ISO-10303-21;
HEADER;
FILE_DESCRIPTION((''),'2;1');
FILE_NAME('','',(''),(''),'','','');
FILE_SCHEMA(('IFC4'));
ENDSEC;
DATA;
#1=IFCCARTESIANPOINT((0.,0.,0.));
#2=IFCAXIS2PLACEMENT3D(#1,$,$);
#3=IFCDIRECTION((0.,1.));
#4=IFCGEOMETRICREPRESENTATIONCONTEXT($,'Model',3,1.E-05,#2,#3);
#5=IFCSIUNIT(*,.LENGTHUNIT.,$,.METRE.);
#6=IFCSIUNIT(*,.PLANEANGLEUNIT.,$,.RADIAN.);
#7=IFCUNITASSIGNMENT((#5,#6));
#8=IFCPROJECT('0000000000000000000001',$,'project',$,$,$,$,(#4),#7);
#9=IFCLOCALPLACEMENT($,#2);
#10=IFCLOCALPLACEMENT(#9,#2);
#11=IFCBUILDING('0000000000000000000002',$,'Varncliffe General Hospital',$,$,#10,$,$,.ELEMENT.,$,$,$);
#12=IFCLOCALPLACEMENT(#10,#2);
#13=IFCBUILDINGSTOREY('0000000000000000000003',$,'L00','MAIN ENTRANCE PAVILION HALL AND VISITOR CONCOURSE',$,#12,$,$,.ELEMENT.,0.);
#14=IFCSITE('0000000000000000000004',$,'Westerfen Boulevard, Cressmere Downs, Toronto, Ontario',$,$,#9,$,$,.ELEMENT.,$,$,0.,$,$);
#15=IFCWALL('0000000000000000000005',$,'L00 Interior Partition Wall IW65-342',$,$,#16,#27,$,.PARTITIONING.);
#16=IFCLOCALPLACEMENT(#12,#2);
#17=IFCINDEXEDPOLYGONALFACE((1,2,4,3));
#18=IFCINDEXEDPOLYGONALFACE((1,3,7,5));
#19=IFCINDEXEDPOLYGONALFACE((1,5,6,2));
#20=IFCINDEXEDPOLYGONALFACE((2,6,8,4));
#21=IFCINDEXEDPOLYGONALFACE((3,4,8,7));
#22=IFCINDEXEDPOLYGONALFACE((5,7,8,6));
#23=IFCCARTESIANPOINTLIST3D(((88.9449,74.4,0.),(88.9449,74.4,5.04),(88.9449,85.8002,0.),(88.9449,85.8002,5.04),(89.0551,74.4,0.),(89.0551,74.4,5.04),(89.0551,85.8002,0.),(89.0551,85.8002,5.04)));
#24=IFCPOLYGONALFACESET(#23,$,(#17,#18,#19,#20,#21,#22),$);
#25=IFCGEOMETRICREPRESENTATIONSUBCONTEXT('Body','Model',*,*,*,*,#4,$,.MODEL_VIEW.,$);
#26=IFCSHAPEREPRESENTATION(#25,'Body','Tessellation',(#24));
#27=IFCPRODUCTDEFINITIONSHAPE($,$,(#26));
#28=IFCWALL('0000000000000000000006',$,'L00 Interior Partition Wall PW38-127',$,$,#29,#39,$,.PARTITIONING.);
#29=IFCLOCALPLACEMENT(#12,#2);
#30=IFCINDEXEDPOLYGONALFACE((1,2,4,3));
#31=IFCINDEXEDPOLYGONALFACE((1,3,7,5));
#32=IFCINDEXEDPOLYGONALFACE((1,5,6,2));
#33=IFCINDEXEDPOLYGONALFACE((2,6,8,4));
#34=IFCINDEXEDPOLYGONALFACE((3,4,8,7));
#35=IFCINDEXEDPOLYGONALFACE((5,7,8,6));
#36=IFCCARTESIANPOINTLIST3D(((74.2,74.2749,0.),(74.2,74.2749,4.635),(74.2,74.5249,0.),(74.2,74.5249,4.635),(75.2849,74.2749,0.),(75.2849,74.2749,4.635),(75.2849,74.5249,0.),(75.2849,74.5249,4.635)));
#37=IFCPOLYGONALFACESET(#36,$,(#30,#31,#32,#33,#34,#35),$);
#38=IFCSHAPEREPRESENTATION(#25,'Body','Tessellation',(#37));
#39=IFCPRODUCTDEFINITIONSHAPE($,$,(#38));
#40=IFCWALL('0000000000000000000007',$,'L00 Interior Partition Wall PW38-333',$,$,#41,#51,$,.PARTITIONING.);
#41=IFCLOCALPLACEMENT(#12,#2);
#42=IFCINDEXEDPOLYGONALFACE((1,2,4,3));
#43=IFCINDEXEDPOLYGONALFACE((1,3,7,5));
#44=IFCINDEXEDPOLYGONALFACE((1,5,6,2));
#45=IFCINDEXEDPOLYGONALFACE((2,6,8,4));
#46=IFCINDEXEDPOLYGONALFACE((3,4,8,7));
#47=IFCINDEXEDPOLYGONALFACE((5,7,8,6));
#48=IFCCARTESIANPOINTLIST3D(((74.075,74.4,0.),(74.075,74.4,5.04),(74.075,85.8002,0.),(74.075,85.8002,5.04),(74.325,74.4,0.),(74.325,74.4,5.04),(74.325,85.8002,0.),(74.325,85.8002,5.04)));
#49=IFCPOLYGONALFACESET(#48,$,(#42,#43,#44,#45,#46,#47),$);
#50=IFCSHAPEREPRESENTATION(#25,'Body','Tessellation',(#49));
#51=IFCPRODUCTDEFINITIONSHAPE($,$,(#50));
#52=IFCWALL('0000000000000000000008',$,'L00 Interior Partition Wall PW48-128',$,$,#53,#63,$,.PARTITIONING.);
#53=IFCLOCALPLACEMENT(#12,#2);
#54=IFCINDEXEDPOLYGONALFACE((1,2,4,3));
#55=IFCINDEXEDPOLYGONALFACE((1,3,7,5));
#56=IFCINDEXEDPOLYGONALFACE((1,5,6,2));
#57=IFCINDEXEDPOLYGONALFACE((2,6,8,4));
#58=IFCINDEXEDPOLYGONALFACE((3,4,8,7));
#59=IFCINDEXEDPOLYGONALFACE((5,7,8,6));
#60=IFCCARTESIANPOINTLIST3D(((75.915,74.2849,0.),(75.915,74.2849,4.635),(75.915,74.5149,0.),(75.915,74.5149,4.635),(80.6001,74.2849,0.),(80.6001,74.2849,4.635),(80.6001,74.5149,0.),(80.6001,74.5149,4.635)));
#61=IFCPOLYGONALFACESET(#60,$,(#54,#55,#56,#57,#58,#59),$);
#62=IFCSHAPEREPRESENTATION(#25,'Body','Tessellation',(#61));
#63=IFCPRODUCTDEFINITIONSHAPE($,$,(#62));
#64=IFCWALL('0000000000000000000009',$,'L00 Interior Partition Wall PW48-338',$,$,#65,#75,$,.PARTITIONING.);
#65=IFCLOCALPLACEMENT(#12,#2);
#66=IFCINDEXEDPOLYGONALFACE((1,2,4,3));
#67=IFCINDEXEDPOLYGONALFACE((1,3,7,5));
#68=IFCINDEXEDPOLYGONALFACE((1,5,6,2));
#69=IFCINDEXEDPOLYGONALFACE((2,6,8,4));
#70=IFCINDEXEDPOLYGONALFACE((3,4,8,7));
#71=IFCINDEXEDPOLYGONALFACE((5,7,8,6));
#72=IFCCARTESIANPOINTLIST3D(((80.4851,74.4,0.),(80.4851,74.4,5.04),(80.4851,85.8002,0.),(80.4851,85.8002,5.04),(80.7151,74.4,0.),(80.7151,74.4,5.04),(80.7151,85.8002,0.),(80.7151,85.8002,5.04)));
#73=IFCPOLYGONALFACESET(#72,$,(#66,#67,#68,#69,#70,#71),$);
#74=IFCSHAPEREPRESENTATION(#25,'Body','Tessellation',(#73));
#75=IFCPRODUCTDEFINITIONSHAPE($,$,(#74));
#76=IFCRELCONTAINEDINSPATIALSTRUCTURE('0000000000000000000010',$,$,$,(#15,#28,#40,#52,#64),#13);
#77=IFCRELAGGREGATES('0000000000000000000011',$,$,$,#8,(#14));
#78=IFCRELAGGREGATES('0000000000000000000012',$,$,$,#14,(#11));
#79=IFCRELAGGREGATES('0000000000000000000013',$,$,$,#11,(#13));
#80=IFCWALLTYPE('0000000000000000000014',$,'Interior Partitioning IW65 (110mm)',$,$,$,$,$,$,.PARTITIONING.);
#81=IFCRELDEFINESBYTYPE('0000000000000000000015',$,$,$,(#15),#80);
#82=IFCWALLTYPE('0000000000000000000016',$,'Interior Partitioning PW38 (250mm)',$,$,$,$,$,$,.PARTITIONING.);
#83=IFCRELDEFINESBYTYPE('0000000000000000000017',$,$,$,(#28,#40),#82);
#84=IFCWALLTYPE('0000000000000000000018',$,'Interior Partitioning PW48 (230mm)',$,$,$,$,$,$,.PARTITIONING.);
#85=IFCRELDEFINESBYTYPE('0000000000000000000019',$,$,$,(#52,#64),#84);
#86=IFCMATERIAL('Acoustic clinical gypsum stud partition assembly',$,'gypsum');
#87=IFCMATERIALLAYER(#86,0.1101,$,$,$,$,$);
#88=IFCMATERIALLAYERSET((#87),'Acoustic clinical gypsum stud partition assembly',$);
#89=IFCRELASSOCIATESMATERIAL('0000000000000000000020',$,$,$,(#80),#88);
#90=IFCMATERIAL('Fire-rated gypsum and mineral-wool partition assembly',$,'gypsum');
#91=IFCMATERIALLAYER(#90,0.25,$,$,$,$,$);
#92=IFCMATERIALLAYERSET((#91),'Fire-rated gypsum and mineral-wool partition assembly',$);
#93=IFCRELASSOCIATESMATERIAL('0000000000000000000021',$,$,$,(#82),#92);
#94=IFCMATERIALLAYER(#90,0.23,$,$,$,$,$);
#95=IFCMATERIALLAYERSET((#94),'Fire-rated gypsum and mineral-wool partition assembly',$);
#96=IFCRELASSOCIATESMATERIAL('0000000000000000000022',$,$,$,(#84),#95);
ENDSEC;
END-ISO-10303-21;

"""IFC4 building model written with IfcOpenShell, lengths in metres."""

from ifc_helpers import new_model, si_unit, direction, frame, frame_2d, origin, place, context, subcontext, project, spatial, rectangle, extrude, material, layer, layer_set, type_object, element, save


model = new_model("IFC4")

# Units and contexts
model_context = context("Model", 3, precision=1e-05, world=origin(), true_north=direction((0.0, 1.0)))
body_context = subcontext(model_context, "Body", "Model", "MODEL_VIEW")
ifc_project = project(units=[si_unit("LENGTHUNIT", "METRE"), si_unit("PLANEANGLEUNIT", "RADIAN")], contexts=[model_context])

# Site, building, storey
site_placement = place(None, origin())
site = spatial("IfcSite", under=ifc_project, at=site_placement, Name="Westerfen Boulevard, Cressmere Downs, Toronto, Ontario", CompositionType="ELEMENT", RefElevation=0.0)
building_placement = place(site_placement, origin())
building = spatial("IfcBuilding", under=site, at=building_placement, Name="Varncliffe General Hospital", CompositionType="ELEMENT")
storey_placement = place(building_placement, origin())
storey = spatial("IfcBuildingStorey", under=building, at=storey_placement, Name="L00", Description="MAIN ENTRANCE PAVILION HALL AND VISITOR CONCOURSE", CompositionType="ELEMENT", Elevation=0.0)

# Walls
ifc_material_1 = material(Name="Acoustic clinical gypsum stud partition assembly", Category="gypsum")
ifc_layer_1 = layer(ifc_material_1, 0.1101)
ifc_layer_set_1 = layer_set([ifc_layer_1], Name="Acoustic clinical gypsum stud partition assembly")
wall_type_1 = type_object("IfcWallType", Name="Interior Partitioning IW65 (110mm)", PredefinedType="PARTITIONING", material=ifc_layer_set_1)
wall_1_placement = place(storey_placement, frame((89.0, 74.3999, 0.0), z_axis=(0.0, 0.0, 1.0), x_axis=(0.0, 1.0, 0.0)))
element("IfcWall", 1, at=wall_1_placement, inside=storey, type_object=wall_type_1, Name="L00 Interior Partition Wall IW65-342", PredefinedType="PARTITIONING", context=body_context, shape_type="SweptSolid", body=[
    extrude(rectangle(XDim=11.4001, YDim=0.1101, at=frame_2d((5.7002, 0.0))), origin(), (0.0, 0.0, 1.0), 5.04),
])
ifc_material_2 = material(Name="Fire-rated gypsum and mineral-wool partition assembly", Category="gypsum")
ifc_layer_2 = layer(ifc_material_2, 0.25)
ifc_layer_set_2 = layer_set([ifc_layer_2], Name="Fire-rated gypsum and mineral-wool partition assembly")
wall_type_2 = type_object("IfcWallType", Name="Interior Partitioning PW38 (250mm)", PredefinedType="PARTITIONING", material=ifc_layer_set_2)
wall_2_placement = place(storey_placement, frame((74.2, 74.3999, 0.0), z_axis=(0.0, 0.0, 1.0), x_axis=(1.0, 0.0, 0.0)))
element("IfcWall", 2, at=wall_2_placement, inside=storey, type_object=wall_type_2, Name="L00 Interior Partition Wall PW38-127", PredefinedType="PARTITIONING", context=body_context, shape_type="SweptSolid", body=[
    extrude(rectangle(XDim=1.085, YDim=0.25, at=frame_2d((0.5425, 0.0))), origin(), (0.0, 0.0, 1.0), 4.635),
])
wall_3_placement = place(storey_placement, frame((74.2, 74.3999, 0.0), z_axis=(0.0, 0.0, 1.0), x_axis=(0.0, 1.0, 0.0)))
element("IfcWall", 3, at=wall_3_placement, inside=storey, type_object=wall_type_2, Name="L00 Interior Partition Wall PW38-333", PredefinedType="PARTITIONING", context=body_context, shape_type="SweptSolid", body=[
    extrude(rectangle(XDim=11.4001, YDim=0.25, at=frame_2d((5.7002, 0.0))), origin(), (0.0, 0.0, 1.0), 5.04),
])
ifc_layer_3 = layer(ifc_material_2, 0.23)
ifc_layer_set_3 = layer_set([ifc_layer_3], Name="Fire-rated gypsum and mineral-wool partition assembly")
wall_type_3 = type_object("IfcWallType", Name="Interior Partitioning PW48 (230mm)", PredefinedType="PARTITIONING", material=ifc_layer_set_3)
wall_4_placement = place(storey_placement, frame((75.915, 74.3999, 0.0), z_axis=(0.0, 0.0, 1.0), x_axis=(1.0, 0.0, 0.0)))
element("IfcWall", 4, at=wall_4_placement, inside=storey, type_object=wall_type_3, Name="L00 Interior Partition Wall PW48-128", PredefinedType="PARTITIONING", context=body_context, shape_type="SweptSolid", body=[
    extrude(rectangle(XDim=4.6851, YDim=0.23, at=frame_2d((2.3425, 0.0))), origin(), (0.0, 0.0, 1.0), 4.635),
])
wall_5_placement = place(storey_placement, frame((80.6001, 74.3999, 0.0), z_axis=(0.0, 0.0, 1.0), x_axis=(0.0, 1.0, 0.0)))
element("IfcWall", 5, at=wall_5_placement, inside=storey, type_object=wall_type_3, Name="L00 Interior Partition Wall PW48-338", PredefinedType="PARTITIONING", context=body_context, shape_type="SweptSolid", body=[
    extrude(rectangle(XDim=11.4001, YDim=0.23, at=frame_2d((5.7002, 0.0))), origin(), (0.0, 0.0, 1.0), 5.04),
])

save(model, "model.ifc")
